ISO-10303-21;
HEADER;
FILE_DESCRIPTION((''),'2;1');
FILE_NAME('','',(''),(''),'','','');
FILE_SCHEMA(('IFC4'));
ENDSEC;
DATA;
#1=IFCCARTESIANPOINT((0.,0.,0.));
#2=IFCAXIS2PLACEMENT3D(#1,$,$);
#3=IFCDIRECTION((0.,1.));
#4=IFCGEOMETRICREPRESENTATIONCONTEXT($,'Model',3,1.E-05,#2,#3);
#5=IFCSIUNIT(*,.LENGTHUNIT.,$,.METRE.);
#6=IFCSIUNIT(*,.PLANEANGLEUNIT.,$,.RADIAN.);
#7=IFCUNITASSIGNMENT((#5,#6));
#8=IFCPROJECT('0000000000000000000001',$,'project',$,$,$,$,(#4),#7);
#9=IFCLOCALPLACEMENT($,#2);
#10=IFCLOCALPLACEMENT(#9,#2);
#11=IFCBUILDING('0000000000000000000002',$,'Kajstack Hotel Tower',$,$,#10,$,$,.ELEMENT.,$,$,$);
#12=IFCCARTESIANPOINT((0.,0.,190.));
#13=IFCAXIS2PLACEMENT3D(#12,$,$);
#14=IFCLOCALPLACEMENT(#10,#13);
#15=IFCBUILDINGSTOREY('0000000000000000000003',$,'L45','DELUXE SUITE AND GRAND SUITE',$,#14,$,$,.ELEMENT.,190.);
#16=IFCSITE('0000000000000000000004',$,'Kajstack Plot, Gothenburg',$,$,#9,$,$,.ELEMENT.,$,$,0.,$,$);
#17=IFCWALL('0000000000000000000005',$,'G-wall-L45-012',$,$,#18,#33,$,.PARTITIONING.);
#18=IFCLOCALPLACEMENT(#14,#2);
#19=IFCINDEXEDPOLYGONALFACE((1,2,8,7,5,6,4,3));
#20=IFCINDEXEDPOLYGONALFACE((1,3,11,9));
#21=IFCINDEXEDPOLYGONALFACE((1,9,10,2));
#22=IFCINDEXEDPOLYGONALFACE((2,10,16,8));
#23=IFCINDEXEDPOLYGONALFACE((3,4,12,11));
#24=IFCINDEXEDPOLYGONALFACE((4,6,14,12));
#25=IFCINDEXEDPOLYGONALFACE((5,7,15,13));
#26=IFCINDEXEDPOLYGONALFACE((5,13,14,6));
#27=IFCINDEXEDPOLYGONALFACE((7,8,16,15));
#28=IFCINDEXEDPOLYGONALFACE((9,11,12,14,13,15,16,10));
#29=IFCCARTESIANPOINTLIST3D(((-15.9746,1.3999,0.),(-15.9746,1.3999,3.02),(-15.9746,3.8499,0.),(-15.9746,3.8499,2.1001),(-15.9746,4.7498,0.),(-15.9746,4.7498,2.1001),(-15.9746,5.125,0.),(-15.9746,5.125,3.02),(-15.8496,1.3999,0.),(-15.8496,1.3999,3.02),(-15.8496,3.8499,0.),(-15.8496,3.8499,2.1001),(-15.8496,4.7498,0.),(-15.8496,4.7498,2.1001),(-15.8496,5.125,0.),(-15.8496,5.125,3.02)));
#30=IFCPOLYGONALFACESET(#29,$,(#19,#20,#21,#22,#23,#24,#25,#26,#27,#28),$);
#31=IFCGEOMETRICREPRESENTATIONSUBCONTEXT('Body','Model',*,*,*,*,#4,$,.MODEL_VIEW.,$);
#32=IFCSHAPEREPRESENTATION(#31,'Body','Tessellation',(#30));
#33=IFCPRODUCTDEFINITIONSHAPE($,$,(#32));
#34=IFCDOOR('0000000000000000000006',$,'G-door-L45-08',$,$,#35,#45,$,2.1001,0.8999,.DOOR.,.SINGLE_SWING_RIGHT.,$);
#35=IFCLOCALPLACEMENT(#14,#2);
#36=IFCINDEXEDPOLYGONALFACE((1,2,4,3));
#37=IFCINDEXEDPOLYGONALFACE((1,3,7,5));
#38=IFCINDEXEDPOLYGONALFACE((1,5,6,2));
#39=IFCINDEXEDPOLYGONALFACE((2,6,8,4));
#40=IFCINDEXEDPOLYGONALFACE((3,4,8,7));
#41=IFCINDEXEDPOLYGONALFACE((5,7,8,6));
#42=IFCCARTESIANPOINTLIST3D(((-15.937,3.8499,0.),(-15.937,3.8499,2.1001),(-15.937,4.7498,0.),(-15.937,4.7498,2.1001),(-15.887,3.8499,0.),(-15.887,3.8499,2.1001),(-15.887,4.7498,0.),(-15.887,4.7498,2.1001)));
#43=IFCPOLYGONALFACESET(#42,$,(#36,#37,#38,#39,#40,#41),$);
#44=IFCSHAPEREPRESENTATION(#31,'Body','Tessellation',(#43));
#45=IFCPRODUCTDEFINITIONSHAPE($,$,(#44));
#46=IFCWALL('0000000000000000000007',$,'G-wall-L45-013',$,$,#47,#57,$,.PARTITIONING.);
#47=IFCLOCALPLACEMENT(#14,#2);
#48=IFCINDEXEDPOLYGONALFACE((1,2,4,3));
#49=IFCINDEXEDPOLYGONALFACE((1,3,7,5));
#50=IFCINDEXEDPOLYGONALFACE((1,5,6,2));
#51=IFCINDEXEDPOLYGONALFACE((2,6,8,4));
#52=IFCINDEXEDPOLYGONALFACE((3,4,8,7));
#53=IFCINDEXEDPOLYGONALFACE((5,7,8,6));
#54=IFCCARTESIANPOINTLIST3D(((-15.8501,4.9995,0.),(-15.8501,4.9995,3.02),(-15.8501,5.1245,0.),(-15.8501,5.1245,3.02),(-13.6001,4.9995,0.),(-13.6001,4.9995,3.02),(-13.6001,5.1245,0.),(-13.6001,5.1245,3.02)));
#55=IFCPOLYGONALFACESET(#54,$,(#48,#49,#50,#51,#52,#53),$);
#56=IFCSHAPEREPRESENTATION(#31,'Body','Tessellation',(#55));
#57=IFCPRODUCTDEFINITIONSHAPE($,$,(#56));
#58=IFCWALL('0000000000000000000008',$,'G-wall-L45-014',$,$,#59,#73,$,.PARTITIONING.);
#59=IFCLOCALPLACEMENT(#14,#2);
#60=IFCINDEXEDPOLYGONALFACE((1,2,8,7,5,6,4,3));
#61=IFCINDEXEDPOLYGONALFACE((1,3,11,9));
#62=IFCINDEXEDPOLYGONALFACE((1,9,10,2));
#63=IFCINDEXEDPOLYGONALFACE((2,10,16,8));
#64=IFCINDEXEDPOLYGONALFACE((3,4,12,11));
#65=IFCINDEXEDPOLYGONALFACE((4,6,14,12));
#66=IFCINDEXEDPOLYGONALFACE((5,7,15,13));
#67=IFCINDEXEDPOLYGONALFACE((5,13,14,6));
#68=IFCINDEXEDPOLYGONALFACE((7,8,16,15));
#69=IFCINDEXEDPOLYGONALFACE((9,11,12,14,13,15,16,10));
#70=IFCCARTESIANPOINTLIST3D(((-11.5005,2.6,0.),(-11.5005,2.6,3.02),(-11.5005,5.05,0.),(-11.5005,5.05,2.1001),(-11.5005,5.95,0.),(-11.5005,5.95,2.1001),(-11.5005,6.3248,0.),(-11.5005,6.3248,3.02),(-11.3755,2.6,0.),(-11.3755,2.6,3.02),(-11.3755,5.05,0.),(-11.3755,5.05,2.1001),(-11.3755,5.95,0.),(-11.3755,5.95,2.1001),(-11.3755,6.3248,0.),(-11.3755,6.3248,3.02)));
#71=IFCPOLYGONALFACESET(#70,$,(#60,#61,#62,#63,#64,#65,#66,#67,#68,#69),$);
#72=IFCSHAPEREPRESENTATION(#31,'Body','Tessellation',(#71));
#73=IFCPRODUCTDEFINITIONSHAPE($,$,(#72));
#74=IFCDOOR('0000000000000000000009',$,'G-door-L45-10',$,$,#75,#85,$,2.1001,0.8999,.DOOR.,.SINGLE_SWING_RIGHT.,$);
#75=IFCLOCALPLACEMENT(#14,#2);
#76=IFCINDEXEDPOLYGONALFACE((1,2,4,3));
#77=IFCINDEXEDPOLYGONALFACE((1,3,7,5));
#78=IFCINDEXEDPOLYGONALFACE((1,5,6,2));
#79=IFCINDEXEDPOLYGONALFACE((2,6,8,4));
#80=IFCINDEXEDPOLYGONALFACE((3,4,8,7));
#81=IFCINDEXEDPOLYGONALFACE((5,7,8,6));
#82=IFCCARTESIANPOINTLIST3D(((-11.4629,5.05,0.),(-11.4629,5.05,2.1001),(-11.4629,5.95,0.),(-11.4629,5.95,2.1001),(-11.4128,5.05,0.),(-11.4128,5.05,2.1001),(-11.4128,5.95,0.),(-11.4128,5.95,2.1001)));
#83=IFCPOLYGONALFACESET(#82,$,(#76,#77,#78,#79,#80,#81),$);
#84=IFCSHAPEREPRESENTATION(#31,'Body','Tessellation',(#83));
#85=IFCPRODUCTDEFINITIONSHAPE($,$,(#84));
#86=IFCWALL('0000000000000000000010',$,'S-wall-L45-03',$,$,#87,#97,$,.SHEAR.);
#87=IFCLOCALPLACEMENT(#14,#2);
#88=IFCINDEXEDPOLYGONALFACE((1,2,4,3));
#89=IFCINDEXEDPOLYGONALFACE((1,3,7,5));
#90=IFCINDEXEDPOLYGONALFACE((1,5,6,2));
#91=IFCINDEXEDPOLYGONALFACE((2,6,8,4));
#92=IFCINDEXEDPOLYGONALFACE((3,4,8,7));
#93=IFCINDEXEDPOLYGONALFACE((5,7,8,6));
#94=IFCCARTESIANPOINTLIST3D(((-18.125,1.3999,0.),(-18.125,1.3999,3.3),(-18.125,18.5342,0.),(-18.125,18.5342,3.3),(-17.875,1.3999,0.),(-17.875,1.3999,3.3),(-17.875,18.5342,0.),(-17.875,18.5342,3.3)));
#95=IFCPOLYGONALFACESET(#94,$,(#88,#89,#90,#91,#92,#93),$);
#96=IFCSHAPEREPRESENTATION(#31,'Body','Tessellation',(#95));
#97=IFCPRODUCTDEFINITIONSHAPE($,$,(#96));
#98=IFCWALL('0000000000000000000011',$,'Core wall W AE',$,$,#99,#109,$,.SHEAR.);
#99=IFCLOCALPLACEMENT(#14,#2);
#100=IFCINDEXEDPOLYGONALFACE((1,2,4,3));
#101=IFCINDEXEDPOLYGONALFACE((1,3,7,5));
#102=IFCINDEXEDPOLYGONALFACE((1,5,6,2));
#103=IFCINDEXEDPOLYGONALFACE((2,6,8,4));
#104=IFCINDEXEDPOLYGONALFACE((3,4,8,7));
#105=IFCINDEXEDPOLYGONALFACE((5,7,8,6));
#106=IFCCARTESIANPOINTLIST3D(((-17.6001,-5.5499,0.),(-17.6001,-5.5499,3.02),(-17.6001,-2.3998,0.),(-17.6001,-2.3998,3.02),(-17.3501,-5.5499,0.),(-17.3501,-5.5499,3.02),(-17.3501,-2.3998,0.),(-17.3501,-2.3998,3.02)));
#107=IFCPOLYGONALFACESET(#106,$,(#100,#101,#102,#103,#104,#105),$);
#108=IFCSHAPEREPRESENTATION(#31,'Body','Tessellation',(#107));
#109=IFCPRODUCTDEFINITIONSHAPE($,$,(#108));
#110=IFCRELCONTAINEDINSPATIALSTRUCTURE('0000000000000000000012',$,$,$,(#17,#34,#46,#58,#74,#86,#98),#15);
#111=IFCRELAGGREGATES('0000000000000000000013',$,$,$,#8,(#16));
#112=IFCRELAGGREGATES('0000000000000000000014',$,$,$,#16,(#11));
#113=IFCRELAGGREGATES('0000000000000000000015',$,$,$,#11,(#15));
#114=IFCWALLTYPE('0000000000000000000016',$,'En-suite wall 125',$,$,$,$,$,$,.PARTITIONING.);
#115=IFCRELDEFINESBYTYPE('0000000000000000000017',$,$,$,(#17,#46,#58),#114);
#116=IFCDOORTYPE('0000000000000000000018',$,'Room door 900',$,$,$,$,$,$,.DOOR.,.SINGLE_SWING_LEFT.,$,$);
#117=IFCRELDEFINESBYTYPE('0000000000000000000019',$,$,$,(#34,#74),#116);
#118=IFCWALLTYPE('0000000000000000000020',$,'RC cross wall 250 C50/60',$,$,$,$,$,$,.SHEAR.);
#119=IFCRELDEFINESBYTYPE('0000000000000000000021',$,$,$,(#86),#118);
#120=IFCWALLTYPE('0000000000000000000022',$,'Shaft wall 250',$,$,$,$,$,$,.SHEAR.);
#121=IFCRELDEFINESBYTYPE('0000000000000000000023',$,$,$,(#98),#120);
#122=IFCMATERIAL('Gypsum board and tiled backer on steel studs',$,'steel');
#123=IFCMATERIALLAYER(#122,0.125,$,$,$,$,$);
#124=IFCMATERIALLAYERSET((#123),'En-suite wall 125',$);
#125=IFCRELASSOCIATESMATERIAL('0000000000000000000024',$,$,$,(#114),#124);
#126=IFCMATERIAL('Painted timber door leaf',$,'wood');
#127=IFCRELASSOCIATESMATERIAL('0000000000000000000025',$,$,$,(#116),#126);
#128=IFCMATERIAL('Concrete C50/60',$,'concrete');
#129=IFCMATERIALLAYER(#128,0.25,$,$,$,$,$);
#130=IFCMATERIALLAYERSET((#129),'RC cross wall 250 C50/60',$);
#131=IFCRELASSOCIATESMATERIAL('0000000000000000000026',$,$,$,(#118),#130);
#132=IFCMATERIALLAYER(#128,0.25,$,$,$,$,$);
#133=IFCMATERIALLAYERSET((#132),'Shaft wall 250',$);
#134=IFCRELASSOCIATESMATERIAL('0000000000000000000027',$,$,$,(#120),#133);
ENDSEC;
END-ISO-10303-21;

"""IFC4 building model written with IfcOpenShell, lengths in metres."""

from ifc_helpers import new_model, si_unit, direction, frame, frame_2d, origin, place, context, subcontext, project, spatial, rectangle, extrude, material, layer, layer_set, type_object, element, fill, save


model = new_model("IFC4")

# Units and contexts
model_context = context("Model", 3, precision=1e-05, world=origin(), true_north=direction((0.0, 1.0)))
body_context = subcontext(model_context, "Body", "Model", "MODEL_VIEW")
ifc_project = project(units=[si_unit("LENGTHUNIT", "METRE"), si_unit("PLANEANGLEUNIT", "RADIAN")], contexts=[model_context])

# Site, building, storey
site_placement = place(None, origin())
site = spatial("IfcSite", under=ifc_project, at=site_placement, Name="Kajstack Plot, Gothenburg", CompositionType="ELEMENT", RefElevation=0.0)
building_placement = place(site_placement, origin())
building = spatial("IfcBuilding", under=site, at=building_placement, Name="Kajstack Hotel Tower", CompositionType="ELEMENT")
storey_placement = place(building_placement, frame((0.0, 0.0, 190.0)))
storey = spatial("IfcBuildingStorey", under=building, at=storey_placement, Name="L45", Description="DELUXE SUITE AND GRAND SUITE", CompositionType="ELEMENT", Elevation=190.0)

# Shared definitions
ifc_material_1 = material(Name="Gypsum board and tiled backer on steel studs", Category="steel")
ifc_layer_1 = layer(ifc_material_1, 0.125)
ifc_layer_set_1 = layer_set([ifc_layer_1], Name="En-suite wall 125")
wall_type_1 = type_object("IfcWallType", Name="En-suite wall 125", PredefinedType="PARTITIONING", material=ifc_layer_set_1)
ifc_material_2 = material(Name="Painted timber door leaf", Category="wood")
door_type_1 = type_object("IfcDoorType", Name="Room door 900", OperationType="SINGLE_SWING_LEFT", PredefinedType="DOOR", material=ifc_material_2)

# Wall, opening, door
wall_1_placement = place(storey_placement, frame((-15.9121, 1.3999, 0.0), z_axis=(0.0, 0.0, 1.0), x_axis=(0.0, 1.0, 0.0)))
wall_1 = element("IfcWall", 1, at=wall_1_placement, inside=storey, type_object=wall_type_1, Name="G-wall-L45-012", PredefinedType="PARTITIONING", context=body_context, shape_type="SweptSolid", body=[
    extrude(rectangle(XDim=3.7251, YDim=0.125, at=frame_2d((1.8625, 0.0))), origin(), (0.0, 0.0, 1.0), 3.02),
])
opening_1_placement = place(wall_1_placement, frame((2.45, 0.0, 0.0)))
opening_1 = element("IfcOpeningElement", 2, at=opening_1_placement, cuts=wall_1, PredefinedType="OPENING", context=body_context, shape_type="SweptSolid", body=[
    extrude(rectangle(XDim=0.8999, YDim=2.1001, at=frame_2d((0.45, 1.05))), frame((0.0, 0.0725, 0.0), z_axis=(0.0, -1.0, 0.0), x_axis=(1.0, 0.0, 0.0)), (0.0, 0.0, 1.0), 0.145),
])
door_1_placement = place(opening_1_placement, origin())
door_1 = element("IfcDoor", 3, at=door_1_placement, inside=storey, type_object=door_type_1, Name="G-door-L45-08", OperationType="SINGLE_SWING_RIGHT", OverallHeight=2.1001, OverallWidth=0.8999, PredefinedType="DOOR", context=body_context, shape_type="SweptSolid", body=[
    extrude(rectangle(XDim=0.8999, YDim=2.1001, at=frame_2d((0.45, 1.05))), frame((0.0, 0.0249, 0.0), z_axis=(0.0, -1.0, 0.0), x_axis=(1.0, 0.0, 0.0)), (0.0, 0.0, 1.0), 0.05),
])
fill(opening_1, door_1)

# Wall
wall_2_placement = place(storey_placement, frame((-15.8501, 5.062, 0.0), z_axis=(0.0, 0.0, 1.0), x_axis=(1.0, 0.0, 0.0)))
element("IfcWall", 4, at=wall_2_placement, inside=storey, type_object=wall_type_1, Name="G-wall-L45-013", PredefinedType="PARTITIONING", context=body_context, shape_type="SweptSolid", body=[
    extrude(rectangle(XDim=2.25, YDim=0.125, at=frame_2d((1.125, 0.0))), origin(), (0.0, 0.0, 1.0), 3.02),
])

# Wall, opening, door
wall_3_placement = place(storey_placement, frame((-11.438, 2.6001, 0.0), z_axis=(0.0, 0.0, 1.0), x_axis=(0.0, 1.0, 0.0)))
wall_3 = element("IfcWall", 5, at=wall_3_placement, inside=storey, type_object=wall_type_1, Name="G-wall-L45-014", PredefinedType="PARTITIONING", context=body_context, shape_type="SweptSolid", body=[
    extrude(rectangle(XDim=3.7249, YDim=0.125, at=frame_2d((1.8623, 0.0))), origin(), (0.0, 0.0, 1.0), 3.02),
])
opening_2_placement = place(wall_3_placement, frame((2.45, 0.0, 0.0)))
opening_2 = element("IfcOpeningElement", 6, at=opening_2_placement, cuts=wall_3, PredefinedType="OPENING", context=body_context, shape_type="SweptSolid", body=[
    extrude(rectangle(XDim=0.8999, YDim=2.1001, at=frame_2d((0.45, 1.05))), frame((0.0, 0.0725, 0.0), z_axis=(0.0, -1.0, 0.0), x_axis=(1.0, 0.0, 0.0)), (0.0, 0.0, 1.0), 0.145),
])
door_2_placement = place(opening_2_placement, origin())
door_2 = element("IfcDoor", 7, at=door_2_placement, inside=storey, type_object=door_type_1, Name="G-door-L45-10", OperationType="SINGLE_SWING_RIGHT", OverallHeight=2.1001, OverallWidth=0.8999, PredefinedType="DOOR", context=body_context, shape_type="SweptSolid", body=[
    extrude(rectangle(XDim=0.8999, YDim=2.1001, at=frame_2d((0.45, 1.05))), frame((0.0, 0.0249, 0.0), z_axis=(0.0, -1.0, 0.0), x_axis=(1.0, 0.0, 0.0)), (0.0, 0.0, 1.0), 0.05),
])
fill(opening_2, door_2)

# Walls
ifc_material_3 = material(Name="Concrete C50/60", Category="concrete")
ifc_layer_2 = layer(ifc_material_3, 0.25)
ifc_layer_set_2 = layer_set([ifc_layer_2], Name="RC cross wall 250 C50/60")
wall_type_2 = type_object("IfcWallType", Name="RC cross wall 250 C50/60", PredefinedType="SHEAR", material=ifc_layer_set_2)
wall_4_placement = place(storey_placement, frame((-18.0, 1.3999, 0.0), z_axis=(0.0, 0.0, 1.0), x_axis=(0.0, 1.0, 0.0)))
element("IfcWall", 8, at=wall_4_placement, inside=storey, type_object=wall_type_2, Name="S-wall-L45-03", PredefinedType="SHEAR", context=body_context, shape_type="SweptSolid", body=[
    extrude(rectangle(XDim=17.1343, YDim=0.25, at=frame_2d((8.5671, 0.0))), origin(), (0.0, 0.0, 1.0), 3.3),
])
ifc_layer_3 = layer(ifc_material_3, 0.25)
ifc_layer_set_3 = layer_set([ifc_layer_3], Name="Shaft wall 250")
wall_type_3 = type_object("IfcWallType", Name="Shaft wall 250", PredefinedType="SHEAR", material=ifc_layer_set_3)
wall_5_placement = place(storey_placement, frame((-17.4751, -5.55, 0.0), z_axis=(0.0, 0.0, 1.0), x_axis=(0.0, 1.0, 0.0)))
element("IfcWall", 9, at=wall_5_placement, inside=storey, type_object=wall_type_3, Name="Core wall W AE", PredefinedType="SHEAR", context=body_context, shape_type="SweptSolid", body=[
    extrude(rectangle(XDim=3.1501, YDim=0.25, at=frame_2d((1.5752, 0.0))), origin(), (0.0, 0.0, 1.0), 3.02),
])

save(model, "model.ifc")
